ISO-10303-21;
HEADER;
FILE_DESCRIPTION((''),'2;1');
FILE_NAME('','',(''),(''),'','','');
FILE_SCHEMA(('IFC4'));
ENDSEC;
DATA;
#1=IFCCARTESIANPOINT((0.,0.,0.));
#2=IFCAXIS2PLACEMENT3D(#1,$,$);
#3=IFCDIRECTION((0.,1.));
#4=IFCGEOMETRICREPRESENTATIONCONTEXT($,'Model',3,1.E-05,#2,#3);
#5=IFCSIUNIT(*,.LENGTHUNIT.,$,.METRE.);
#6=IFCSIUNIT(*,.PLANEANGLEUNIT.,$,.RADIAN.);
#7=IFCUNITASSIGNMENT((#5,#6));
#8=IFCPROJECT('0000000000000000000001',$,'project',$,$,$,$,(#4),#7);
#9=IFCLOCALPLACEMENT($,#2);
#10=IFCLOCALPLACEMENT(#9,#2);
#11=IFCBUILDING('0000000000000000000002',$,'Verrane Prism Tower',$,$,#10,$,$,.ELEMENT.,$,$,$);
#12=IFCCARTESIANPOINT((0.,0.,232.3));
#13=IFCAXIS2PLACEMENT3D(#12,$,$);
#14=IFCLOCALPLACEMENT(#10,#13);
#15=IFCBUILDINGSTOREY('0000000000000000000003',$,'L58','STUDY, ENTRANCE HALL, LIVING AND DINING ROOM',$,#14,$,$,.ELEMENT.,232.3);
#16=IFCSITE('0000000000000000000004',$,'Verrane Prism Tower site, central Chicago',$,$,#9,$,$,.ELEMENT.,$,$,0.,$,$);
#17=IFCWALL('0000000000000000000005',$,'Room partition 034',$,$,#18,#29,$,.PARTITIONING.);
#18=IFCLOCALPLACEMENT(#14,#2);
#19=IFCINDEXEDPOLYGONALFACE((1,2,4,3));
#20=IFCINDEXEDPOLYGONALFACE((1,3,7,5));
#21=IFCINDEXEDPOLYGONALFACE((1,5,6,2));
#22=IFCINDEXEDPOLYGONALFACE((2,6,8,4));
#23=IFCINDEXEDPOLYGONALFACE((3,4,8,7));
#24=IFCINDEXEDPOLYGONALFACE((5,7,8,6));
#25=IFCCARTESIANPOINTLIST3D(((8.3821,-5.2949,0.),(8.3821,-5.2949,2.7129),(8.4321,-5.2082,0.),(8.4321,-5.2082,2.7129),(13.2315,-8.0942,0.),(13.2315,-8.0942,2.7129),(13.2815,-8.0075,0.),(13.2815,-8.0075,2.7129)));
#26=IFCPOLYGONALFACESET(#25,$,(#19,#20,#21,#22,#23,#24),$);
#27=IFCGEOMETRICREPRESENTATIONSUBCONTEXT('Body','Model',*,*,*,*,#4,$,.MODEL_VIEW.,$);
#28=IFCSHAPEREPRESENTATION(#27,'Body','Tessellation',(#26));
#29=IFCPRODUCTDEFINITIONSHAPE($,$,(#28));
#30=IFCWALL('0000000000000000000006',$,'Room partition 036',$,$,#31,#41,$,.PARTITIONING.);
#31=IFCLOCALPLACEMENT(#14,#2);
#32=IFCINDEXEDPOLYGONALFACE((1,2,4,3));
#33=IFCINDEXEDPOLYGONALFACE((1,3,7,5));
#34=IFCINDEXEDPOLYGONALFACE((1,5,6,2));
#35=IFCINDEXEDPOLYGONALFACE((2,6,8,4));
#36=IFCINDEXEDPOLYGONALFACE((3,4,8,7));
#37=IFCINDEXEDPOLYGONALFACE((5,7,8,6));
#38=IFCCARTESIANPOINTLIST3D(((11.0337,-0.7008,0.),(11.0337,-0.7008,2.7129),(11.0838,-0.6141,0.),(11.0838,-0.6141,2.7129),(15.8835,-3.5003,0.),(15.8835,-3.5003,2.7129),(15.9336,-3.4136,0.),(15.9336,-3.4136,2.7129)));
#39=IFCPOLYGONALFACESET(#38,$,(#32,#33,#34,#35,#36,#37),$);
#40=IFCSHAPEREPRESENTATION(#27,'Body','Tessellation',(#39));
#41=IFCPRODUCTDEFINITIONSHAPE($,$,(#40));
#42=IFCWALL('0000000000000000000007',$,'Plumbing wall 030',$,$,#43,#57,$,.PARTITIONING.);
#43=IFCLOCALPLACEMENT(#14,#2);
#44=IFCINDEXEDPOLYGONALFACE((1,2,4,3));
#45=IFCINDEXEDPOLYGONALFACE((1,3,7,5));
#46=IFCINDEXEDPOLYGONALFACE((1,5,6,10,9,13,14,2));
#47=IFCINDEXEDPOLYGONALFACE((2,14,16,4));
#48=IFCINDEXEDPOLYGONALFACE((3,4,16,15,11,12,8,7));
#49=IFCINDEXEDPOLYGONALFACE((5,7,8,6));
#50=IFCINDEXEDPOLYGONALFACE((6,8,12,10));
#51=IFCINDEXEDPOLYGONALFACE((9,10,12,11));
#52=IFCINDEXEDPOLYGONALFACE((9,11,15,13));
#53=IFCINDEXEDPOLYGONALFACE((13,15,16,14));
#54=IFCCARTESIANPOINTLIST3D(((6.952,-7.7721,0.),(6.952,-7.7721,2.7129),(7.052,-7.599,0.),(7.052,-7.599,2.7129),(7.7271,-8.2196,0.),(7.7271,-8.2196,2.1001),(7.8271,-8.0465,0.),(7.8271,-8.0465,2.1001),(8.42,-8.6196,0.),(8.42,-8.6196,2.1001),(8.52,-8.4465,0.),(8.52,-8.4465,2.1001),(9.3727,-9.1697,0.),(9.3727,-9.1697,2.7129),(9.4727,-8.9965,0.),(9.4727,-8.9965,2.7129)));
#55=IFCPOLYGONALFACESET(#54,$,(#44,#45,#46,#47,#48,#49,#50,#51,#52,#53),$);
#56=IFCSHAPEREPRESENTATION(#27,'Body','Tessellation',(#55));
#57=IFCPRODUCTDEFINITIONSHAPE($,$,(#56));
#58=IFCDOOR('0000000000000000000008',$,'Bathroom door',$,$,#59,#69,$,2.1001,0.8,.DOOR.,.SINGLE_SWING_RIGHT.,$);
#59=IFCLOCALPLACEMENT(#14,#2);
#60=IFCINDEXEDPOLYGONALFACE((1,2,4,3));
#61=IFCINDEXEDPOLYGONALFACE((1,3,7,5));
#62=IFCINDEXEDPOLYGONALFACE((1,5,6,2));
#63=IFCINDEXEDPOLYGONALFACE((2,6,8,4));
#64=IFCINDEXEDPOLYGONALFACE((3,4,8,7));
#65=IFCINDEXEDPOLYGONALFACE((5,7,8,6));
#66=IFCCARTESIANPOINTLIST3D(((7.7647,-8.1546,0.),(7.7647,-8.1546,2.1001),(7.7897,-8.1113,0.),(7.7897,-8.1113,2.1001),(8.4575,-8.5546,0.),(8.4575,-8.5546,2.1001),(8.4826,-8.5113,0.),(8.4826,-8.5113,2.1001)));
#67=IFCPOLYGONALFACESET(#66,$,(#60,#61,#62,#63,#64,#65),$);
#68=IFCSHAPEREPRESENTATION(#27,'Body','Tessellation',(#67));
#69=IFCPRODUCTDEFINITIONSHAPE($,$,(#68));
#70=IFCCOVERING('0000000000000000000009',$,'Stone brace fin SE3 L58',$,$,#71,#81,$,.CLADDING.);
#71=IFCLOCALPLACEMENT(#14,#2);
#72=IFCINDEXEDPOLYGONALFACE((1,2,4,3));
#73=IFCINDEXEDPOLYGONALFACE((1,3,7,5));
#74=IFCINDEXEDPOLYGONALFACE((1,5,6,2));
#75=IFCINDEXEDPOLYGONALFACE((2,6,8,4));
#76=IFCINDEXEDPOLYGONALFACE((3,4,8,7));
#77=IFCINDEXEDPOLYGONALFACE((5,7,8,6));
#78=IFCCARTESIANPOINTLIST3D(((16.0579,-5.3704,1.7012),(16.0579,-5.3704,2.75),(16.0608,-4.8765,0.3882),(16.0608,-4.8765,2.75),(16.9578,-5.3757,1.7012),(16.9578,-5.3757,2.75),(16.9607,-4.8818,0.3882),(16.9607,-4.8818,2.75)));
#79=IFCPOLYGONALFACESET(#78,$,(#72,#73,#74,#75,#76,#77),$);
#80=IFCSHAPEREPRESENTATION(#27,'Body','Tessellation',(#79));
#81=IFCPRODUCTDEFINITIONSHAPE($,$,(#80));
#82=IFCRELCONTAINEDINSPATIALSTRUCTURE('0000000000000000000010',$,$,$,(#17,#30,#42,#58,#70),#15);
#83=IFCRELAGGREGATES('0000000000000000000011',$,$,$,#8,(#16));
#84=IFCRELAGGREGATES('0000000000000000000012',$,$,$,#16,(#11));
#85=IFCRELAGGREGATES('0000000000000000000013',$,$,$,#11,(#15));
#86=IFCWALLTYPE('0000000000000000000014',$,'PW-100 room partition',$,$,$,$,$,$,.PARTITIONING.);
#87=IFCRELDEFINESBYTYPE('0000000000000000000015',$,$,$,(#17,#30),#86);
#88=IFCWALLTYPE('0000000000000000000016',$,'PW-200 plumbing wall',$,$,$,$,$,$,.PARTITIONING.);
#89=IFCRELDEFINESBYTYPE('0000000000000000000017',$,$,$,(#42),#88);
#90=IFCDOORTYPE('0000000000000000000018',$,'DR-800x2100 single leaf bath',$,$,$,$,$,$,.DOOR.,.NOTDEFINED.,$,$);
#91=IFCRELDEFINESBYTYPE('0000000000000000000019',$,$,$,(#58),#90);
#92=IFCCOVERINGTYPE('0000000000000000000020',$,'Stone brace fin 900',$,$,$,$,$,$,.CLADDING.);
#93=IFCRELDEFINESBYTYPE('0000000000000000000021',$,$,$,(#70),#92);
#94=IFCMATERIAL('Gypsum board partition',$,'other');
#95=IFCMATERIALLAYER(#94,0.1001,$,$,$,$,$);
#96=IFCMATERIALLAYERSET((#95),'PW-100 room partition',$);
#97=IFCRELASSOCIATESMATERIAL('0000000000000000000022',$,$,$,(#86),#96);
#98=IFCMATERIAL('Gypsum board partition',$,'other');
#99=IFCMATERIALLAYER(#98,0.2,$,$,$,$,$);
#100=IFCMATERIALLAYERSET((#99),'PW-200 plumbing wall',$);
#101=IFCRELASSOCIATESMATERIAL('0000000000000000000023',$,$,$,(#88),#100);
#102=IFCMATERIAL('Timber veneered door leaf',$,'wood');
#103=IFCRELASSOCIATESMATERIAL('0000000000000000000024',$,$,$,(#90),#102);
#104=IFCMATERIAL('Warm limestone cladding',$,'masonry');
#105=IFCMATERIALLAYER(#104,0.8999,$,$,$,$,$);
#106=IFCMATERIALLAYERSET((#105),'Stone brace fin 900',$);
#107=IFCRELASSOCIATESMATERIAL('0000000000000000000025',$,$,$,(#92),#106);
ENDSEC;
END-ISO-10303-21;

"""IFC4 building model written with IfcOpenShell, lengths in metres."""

from ifc_helpers import new_model, si_unit, direction, frame, frame_2d, origin, place, context, subcontext, project, spatial, polyline, rectangle, outline, extrude, material, layer, layer_set, type_object, element, fill, save


model = new_model("IFC4")

# Units and contexts
model_context = context("Model", 3, precision=1e-05, world=origin(), true_north=direction((0.0, 1.0)))
body_context = subcontext(model_context, "Body", "Model", "MODEL_VIEW")
ifc_project = project(units=[si_unit("LENGTHUNIT", "METRE"), si_unit("PLANEANGLEUNIT", "RADIAN")], contexts=[model_context])

# Site, building, storey
site_placement = place(None, origin())
site = spatial("IfcSite", under=ifc_project, at=site_placement, Name="Verrane Prism Tower site, central Chicago", CompositionType="ELEMENT", RefElevation=0.0)
building_placement = place(site_placement, origin())
building = spatial("IfcBuilding", under=site, at=building_placement, Name="Verrane Prism Tower", CompositionType="ELEMENT")
storey_placement = place(building_placement, frame((0.0, 0.0, 232.3)))
storey = spatial("IfcBuildingStorey", under=building, at=storey_placement, Name="L58", Description="STUDY, ENTRANCE HALL, LIVING AND DINING ROOM", CompositionType="ELEMENT", Elevation=232.3)

# Walls
ifc_material_1 = material(Name="Gypsum board partition", Category="other")
ifc_layer_1 = layer(ifc_material_1, 0.1001)
ifc_layer_set_1 = layer_set([ifc_layer_1], Name="PW-100 room partition")
wall_type_1 = type_object("IfcWallType", Name="PW-100 room partition", PredefinedType="PARTITIONING", material=ifc_layer_set_1)
wall_1_placement = place(storey_placement, frame((8.407, -5.2515, 0.0), z_axis=(0.0, 0.0, 1.0), x_axis=(0.866061, -0.499938, 0.0)))
element("IfcWall", 1, at=wall_1_placement, inside=storey, type_object=wall_type_1, Name="Room partition 034", PredefinedType="PARTITIONING", context=body_context, shape_type="SweptSolid", body=[
    extrude(rectangle(XDim=5.5994, YDim=0.1001, at=frame_2d((2.7998, 0.0))), origin(), (0.0, 0.0, 1.0), 2.7129),
])
wall_2_placement = place(storey_placement, frame((11.0588, -0.6575, 0.0), z_axis=(0.0, 0.0, 1.0), x_axis=(0.866064, -0.499933, 0.0)))
element("IfcWall", 2, at=wall_2_placement, inside=storey, type_object=wall_type_1, Name="Room partition 036", PredefinedType="PARTITIONING", context=body_context, shape_type="SweptSolid", body=[
    extrude(rectangle(XDim=5.5999, YDim=0.1001, at=frame_2d((2.7998, 0.0))), origin(), (0.0, 0.0, 1.0), 2.7129),
])

# Wall, opening, door
ifc_material_2 = material(Name="Gypsum board partition", Category="other")
ifc_layer_2 = layer(ifc_material_2, 0.2)
ifc_layer_set_2 = layer_set([ifc_layer_2], Name="PW-200 plumbing wall")
wall_type_2 = type_object("IfcWallType", Name="PW-200 plumbing wall", PredefinedType="PARTITIONING", material=ifc_layer_set_2)
wall_3_placement = place(storey_placement, frame((9.4226, -9.083, 0.0), z_axis=(0.0, 0.0, 1.0), x_axis=(-0.866042, 0.499972, 0.0)))
wall_3 = element("IfcWall", 3, at=wall_3_placement, inside=storey, type_object=wall_type_2, Name="Plumbing wall 030", PredefinedType="PARTITIONING", context=body_context, shape_type="SweptSolid", body=[
    extrude(rectangle(XDim=2.7952, YDim=0.2, at=frame_2d((1.3975, 0.0))), origin(), (0.0, 0.0, 1.0), 2.7129),
])
opening_placement = place(wall_3_placement, frame((1.1001, 0.0, 0.0)))
opening = element("IfcOpeningElement", 4, at=opening_placement, cuts=wall_3, PredefinedType="OPENING", context=body_context, shape_type="SweptSolid", body=[
    extrude(rectangle(XDim=0.8, YDim=2.1001, at=frame_2d((0.3999, 1.05))), frame((0.0, 0.1099, 0.0), z_axis=(0.0, -1.0, 0.0), x_axis=(1.0, 0.0, 0.0)), (0.0, 0.0, 1.0), 0.22),
])
ifc_material_3 = material(Name="Timber veneered door leaf", Category="wood")
door_type = type_object("IfcDoorType", Name="DR-800x2100 single leaf bath", OperationType="NOTDEFINED", PredefinedType="DOOR", material=ifc_material_3)
door_placement = place(opening_placement, origin())
door = element("IfcDoor", 5, at=door_placement, inside=storey, type_object=door_type, Name="Bathroom door", OperationType="SINGLE_SWING_RIGHT", OverallHeight=2.1001, OverallWidth=0.8, PredefinedType="DOOR", context=body_context, shape_type="SweptSolid", body=[
    extrude(rectangle(XDim=0.8, YDim=2.1001, at=frame_2d((0.3999, 1.05))), frame((0.0, 0.0249, 0.0), z_axis=(0.0, -1.0, 0.0), x_axis=(1.0, 0.0, 0.0)), (0.0, 0.0, 1.0), 0.05),
])
fill(opening, door)

# Covering
ifc_material_4 = material(Name="Warm limestone cladding", Category="masonry")
ifc_layer_3 = layer(ifc_material_4, 0.8999)
ifc_layer_set_3 = layer_set([ifc_layer_3], Name="Stone brace fin 900")
covering_type = type_object("IfcCoveringType", Name="Stone brace fin 900", PredefinedType="CLADDING", material=ifc_layer_set_3)
covering_placement = place(storey_placement, frame((16.5107, -4.8792, 0.3882), z_axis=(0.0, 0.0, 1.0), x_axis=(-0.005932, -0.999982, 0.0)))
element("IfcCovering", 6, at=covering_placement, inside=storey, type_object=covering_type, Name="Stone brace fin SE3 L58", PredefinedType="CLADDING", context=body_context, shape_type="SweptSolid", body=[
    extrude(outline(polyline([(0.4939, 2.3618), (0.0, 2.3618), (0.0, 0.0), (0.4939, 1.313), (0.4939, 2.3618)])), frame((0.0, 0.45, 0.0), z_axis=(0.0, -1.0, 0.0), x_axis=(1.0, 0.0, 0.0)), (0.0, 0.0, 1.0), 0.8999),
])

save(model, "model.ifc")
